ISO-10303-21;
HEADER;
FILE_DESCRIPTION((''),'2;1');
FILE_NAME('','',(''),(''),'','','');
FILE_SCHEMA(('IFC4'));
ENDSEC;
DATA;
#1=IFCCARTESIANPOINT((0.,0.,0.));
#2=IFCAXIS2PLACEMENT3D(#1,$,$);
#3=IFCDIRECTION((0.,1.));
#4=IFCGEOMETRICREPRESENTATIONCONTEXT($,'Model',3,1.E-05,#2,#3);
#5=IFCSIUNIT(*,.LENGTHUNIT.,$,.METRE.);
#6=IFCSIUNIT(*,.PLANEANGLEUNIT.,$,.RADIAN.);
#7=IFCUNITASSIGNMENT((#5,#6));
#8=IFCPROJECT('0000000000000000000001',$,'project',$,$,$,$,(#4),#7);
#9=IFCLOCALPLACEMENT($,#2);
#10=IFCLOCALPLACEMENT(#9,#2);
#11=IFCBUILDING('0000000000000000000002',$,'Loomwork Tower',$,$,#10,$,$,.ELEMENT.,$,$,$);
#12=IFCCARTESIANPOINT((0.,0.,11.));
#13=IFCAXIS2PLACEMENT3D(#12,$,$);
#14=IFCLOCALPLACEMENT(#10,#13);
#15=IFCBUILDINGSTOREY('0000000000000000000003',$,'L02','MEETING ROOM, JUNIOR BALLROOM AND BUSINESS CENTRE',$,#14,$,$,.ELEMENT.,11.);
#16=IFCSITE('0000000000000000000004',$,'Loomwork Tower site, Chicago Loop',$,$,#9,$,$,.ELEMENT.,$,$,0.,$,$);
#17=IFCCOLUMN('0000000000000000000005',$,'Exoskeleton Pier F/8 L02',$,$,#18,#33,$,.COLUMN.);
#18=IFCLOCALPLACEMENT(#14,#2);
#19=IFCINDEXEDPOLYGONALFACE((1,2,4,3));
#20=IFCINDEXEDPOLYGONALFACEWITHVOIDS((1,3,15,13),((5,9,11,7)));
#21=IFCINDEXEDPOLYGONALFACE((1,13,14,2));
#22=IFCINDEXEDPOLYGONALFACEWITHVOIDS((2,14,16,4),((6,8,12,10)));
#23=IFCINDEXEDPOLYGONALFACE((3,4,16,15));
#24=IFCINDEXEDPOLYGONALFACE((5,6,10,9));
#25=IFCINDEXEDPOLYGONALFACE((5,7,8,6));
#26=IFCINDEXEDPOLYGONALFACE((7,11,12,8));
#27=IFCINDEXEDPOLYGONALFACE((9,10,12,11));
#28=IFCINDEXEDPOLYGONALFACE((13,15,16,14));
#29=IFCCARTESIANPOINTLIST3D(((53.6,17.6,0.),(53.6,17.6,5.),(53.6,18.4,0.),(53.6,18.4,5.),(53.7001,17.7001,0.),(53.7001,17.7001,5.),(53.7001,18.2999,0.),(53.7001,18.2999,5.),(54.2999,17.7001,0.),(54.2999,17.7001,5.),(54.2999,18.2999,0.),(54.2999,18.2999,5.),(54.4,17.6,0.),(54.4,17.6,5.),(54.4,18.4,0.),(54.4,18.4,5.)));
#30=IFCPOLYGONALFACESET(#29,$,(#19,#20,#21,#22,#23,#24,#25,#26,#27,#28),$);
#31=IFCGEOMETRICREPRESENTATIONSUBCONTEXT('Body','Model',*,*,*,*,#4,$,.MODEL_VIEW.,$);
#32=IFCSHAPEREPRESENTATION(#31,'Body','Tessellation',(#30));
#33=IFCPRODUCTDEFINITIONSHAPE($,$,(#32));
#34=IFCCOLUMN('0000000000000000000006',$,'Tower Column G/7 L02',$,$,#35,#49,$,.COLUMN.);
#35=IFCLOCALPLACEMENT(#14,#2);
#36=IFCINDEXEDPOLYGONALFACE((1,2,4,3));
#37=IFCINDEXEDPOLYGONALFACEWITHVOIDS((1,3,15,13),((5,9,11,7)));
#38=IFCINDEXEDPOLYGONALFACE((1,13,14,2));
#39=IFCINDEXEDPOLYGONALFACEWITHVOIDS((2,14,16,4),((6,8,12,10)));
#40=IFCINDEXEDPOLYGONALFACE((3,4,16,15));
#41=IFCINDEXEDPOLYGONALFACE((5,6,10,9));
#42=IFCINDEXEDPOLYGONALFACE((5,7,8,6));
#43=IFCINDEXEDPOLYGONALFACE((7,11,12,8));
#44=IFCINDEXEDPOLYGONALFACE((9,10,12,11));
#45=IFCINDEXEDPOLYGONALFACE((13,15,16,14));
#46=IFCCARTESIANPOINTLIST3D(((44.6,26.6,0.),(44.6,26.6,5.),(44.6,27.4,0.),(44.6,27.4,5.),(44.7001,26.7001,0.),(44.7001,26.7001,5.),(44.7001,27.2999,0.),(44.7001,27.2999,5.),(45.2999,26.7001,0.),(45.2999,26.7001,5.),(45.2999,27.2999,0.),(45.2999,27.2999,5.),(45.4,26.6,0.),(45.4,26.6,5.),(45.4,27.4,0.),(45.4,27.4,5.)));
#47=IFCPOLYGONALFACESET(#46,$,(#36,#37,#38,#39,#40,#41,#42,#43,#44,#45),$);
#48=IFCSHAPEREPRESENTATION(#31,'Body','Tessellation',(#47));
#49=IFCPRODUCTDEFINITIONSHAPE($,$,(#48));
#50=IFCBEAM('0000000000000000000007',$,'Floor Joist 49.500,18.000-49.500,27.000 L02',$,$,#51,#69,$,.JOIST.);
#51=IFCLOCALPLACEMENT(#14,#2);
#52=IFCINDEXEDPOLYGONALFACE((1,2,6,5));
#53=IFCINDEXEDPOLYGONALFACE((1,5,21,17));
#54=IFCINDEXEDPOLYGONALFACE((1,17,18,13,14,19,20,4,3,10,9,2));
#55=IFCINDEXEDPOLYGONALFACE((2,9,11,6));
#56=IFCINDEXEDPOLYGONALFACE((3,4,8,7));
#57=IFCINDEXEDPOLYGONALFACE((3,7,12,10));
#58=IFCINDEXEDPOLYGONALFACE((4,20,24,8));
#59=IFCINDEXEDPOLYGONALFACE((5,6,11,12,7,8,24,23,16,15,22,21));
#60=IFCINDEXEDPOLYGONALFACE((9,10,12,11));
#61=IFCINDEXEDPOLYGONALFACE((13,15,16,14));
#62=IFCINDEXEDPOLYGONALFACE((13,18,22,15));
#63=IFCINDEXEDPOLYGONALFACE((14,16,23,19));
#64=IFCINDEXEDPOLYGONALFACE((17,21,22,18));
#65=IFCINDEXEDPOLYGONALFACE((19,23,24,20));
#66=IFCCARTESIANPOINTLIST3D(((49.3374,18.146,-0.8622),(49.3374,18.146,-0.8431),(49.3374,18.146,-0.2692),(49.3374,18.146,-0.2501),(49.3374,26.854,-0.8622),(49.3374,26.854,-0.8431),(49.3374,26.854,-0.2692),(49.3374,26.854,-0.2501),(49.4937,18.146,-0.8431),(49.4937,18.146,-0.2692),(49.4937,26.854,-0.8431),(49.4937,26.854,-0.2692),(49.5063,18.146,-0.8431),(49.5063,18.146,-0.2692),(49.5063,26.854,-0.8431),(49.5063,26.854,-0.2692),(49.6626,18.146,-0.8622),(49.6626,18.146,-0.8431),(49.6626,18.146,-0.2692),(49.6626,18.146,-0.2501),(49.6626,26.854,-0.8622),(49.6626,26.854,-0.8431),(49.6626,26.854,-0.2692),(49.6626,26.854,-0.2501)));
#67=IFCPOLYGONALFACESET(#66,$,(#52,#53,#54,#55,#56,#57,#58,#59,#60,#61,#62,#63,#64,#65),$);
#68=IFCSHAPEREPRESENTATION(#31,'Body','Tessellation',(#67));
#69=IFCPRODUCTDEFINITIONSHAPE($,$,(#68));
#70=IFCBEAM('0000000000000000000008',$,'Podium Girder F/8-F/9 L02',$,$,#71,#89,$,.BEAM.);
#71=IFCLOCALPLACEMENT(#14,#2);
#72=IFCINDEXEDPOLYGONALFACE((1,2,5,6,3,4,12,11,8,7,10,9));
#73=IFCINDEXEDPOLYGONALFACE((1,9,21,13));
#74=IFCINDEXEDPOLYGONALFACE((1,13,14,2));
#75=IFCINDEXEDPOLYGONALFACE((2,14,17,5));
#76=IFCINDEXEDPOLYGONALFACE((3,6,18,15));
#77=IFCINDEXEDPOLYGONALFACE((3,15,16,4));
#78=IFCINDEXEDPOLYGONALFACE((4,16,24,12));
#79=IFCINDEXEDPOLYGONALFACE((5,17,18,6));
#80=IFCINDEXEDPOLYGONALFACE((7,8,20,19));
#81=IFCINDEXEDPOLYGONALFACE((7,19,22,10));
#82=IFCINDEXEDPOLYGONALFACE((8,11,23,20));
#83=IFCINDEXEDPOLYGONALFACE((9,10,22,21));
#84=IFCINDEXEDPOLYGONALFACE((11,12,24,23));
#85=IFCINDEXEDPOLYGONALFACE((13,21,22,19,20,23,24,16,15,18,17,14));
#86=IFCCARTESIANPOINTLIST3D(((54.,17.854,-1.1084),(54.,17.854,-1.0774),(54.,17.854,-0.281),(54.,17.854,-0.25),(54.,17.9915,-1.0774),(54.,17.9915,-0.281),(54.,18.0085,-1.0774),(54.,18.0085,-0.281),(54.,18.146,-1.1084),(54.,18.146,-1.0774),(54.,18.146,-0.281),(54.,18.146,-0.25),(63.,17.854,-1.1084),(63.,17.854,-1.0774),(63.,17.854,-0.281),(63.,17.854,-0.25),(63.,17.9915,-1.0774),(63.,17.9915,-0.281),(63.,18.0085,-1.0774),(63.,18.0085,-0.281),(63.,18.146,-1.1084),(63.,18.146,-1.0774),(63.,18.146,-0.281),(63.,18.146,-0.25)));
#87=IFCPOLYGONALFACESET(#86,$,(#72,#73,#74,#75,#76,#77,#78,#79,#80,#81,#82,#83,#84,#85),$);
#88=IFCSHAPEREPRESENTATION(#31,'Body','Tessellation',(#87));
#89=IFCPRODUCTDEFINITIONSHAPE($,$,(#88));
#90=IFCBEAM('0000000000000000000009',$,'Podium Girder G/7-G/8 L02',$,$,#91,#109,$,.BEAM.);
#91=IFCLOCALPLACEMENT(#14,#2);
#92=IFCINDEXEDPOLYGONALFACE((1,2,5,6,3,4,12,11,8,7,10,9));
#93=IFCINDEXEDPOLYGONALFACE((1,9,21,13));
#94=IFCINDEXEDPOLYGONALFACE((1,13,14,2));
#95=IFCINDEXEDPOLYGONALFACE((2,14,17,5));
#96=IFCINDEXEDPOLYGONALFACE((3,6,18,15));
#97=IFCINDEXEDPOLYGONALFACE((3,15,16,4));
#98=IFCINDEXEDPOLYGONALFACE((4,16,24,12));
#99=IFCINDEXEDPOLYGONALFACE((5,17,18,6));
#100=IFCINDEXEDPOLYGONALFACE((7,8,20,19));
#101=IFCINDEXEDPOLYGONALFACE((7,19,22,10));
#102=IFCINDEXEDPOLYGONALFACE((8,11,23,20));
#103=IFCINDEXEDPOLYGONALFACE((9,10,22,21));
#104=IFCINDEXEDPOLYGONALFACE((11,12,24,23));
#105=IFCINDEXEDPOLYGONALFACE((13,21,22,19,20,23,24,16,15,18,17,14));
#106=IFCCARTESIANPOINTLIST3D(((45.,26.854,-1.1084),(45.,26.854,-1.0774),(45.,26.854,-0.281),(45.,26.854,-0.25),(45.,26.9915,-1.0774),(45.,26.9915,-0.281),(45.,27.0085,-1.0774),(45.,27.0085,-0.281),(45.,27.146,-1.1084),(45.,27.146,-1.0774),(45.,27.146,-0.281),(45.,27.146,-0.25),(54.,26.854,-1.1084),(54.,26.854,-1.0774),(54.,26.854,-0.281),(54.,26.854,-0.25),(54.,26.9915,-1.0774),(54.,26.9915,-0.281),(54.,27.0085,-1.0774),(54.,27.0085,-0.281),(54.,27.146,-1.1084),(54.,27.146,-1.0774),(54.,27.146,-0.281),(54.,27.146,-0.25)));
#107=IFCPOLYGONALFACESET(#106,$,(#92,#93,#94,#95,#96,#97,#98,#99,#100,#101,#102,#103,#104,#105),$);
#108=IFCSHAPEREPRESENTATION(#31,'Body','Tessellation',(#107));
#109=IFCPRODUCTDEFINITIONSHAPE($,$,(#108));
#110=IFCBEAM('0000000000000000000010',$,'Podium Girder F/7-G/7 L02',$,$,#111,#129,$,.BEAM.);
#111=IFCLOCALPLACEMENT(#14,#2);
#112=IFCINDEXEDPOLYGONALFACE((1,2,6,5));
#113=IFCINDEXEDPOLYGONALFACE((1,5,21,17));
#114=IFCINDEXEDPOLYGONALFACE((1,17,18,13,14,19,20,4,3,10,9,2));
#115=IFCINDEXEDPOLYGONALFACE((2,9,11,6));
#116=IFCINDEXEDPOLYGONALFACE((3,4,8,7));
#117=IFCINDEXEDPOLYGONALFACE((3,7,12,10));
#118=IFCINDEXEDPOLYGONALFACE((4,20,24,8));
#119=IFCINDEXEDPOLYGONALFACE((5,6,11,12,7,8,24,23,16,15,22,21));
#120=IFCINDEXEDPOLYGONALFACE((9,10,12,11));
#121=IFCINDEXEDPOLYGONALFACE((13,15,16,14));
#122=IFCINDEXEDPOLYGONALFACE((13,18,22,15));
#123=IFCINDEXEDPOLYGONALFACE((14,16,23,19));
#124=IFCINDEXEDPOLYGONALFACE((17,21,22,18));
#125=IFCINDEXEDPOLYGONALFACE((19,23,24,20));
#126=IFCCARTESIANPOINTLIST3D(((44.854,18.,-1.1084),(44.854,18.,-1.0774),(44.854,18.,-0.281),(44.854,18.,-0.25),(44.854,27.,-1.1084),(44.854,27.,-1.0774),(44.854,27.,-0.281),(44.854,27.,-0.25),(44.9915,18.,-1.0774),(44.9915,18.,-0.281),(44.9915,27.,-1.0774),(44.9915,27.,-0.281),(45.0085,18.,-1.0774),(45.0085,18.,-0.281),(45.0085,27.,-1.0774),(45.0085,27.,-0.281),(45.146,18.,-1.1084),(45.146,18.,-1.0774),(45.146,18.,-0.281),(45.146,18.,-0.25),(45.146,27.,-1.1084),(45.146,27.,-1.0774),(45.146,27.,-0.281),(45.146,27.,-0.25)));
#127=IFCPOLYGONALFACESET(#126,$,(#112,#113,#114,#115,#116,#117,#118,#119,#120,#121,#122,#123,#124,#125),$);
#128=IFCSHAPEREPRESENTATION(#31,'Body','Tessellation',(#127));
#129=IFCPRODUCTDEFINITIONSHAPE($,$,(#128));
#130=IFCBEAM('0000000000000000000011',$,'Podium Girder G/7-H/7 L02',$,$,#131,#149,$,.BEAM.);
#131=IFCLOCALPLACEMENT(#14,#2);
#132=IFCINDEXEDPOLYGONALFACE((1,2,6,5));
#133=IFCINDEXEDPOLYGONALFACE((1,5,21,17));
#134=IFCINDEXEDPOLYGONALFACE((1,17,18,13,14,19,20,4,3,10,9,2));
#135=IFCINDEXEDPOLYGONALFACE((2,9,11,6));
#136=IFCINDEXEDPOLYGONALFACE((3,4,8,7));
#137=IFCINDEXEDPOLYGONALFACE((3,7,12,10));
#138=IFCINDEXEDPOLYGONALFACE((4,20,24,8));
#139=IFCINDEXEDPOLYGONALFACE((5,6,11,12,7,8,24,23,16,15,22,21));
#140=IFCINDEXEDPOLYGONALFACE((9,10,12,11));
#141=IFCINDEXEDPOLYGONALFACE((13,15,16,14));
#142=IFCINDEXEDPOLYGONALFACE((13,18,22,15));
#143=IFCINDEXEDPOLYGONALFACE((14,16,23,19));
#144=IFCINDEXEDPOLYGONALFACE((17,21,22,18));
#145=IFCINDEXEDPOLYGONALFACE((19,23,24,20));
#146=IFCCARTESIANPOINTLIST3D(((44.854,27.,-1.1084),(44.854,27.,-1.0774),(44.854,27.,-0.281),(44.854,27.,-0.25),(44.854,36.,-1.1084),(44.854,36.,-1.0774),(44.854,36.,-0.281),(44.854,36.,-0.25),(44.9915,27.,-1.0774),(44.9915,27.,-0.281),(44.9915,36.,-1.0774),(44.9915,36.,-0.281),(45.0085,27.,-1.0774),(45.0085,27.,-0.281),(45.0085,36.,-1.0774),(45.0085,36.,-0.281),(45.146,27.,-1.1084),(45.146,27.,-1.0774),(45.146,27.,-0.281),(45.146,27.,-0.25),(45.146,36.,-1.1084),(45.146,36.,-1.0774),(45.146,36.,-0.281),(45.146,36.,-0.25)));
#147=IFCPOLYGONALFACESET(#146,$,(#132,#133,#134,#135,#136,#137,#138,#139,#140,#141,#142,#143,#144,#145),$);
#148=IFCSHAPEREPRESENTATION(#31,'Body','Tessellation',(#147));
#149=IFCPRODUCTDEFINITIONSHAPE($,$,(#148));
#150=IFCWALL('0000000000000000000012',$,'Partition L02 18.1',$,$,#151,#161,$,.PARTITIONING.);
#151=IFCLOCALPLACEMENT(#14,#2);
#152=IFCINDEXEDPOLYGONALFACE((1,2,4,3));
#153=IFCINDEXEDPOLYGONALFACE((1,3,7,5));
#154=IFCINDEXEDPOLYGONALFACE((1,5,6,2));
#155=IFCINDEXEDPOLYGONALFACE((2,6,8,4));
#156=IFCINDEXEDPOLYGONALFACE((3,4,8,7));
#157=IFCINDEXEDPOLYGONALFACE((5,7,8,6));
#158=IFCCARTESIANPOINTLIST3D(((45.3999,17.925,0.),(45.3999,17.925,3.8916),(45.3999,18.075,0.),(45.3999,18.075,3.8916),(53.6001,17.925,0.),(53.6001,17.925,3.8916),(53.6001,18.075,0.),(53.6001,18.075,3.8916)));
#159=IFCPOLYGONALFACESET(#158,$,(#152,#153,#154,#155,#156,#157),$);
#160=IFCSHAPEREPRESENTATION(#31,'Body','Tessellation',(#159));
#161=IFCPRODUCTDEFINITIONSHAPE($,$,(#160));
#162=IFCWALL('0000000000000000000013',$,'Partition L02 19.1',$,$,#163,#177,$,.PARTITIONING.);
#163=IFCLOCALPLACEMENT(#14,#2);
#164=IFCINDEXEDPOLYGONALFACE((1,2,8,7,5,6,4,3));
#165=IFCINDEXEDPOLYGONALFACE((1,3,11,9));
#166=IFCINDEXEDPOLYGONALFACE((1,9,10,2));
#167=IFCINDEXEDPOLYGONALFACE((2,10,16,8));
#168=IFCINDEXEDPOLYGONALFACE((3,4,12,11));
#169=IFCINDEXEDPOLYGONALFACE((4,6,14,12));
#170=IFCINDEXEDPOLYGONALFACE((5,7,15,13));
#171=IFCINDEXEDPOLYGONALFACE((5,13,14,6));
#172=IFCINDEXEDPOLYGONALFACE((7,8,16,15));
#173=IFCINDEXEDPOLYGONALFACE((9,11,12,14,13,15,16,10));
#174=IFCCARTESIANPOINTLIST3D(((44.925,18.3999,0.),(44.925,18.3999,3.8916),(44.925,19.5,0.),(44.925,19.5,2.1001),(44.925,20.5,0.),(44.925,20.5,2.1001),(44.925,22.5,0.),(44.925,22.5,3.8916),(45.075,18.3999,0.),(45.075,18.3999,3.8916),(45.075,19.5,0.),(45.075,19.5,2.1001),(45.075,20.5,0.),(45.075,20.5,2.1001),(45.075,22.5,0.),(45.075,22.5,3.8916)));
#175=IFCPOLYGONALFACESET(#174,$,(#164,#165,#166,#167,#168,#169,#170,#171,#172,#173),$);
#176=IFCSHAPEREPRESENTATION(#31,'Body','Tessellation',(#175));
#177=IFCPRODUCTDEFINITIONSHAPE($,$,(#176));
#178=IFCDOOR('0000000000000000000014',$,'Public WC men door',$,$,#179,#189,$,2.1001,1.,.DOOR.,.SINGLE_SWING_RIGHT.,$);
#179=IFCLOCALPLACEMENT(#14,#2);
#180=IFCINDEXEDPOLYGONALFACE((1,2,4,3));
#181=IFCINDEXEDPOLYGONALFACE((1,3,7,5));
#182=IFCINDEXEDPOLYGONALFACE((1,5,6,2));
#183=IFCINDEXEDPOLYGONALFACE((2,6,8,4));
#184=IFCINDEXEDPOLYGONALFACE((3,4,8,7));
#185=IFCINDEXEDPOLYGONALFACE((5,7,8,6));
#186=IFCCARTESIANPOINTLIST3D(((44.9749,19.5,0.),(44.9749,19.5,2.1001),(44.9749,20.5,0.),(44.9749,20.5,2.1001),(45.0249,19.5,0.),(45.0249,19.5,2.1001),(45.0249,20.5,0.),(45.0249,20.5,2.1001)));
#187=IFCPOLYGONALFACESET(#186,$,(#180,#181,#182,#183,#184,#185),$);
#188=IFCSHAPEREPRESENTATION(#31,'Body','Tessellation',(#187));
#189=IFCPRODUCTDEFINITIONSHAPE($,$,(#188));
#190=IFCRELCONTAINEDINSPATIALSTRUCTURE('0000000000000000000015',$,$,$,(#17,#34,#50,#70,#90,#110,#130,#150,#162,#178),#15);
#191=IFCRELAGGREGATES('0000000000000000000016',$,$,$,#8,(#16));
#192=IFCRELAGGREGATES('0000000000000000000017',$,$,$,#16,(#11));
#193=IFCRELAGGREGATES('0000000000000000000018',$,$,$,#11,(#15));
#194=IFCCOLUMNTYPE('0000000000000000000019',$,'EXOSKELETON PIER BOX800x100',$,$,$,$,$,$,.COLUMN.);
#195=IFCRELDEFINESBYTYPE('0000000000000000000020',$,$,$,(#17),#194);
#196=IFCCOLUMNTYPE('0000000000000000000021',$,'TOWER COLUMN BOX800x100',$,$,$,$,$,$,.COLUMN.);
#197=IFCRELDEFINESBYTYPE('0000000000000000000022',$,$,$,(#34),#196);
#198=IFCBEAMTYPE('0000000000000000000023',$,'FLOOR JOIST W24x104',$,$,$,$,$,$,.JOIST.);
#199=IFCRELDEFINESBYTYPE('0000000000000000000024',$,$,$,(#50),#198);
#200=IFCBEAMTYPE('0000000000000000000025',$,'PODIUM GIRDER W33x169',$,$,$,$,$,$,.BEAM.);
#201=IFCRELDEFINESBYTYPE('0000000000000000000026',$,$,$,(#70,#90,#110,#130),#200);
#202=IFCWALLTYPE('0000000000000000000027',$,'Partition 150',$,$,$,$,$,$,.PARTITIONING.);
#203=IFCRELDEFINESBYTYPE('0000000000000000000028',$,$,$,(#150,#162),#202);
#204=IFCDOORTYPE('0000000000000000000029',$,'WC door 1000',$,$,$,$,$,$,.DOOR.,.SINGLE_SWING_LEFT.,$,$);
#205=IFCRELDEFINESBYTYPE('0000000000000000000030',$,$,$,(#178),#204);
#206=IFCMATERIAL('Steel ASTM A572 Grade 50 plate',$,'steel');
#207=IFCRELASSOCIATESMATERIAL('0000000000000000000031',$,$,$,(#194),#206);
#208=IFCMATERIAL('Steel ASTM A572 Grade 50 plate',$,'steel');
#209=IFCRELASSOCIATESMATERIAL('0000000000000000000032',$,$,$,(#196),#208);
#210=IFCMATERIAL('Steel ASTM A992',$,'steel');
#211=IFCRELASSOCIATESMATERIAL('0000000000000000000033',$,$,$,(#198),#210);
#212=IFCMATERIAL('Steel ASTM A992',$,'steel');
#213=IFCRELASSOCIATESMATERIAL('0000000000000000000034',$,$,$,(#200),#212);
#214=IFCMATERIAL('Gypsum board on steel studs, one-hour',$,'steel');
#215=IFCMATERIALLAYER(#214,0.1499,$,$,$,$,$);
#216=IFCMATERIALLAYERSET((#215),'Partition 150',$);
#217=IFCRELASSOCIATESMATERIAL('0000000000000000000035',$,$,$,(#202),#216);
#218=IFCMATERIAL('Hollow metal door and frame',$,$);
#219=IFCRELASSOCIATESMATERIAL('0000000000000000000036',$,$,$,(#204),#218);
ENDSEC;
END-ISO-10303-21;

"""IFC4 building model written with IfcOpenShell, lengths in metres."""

from ifc_helpers import new_model, si_unit, direction, frame, frame_2d, origin, origin_2d, place, context, subcontext, project, spatial, rectangle, hollow_rectangle, i_section, extrude, material, layer, layer_set, material_profile, profile_set, type_object, element, fill, save


model = new_model("IFC4")

# Units and contexts
model_context = context("Model", 3, precision=1e-05, world=origin(), true_north=direction((0.0, 1.0)))
body_context = subcontext(model_context, "Body", "Model", "MODEL_VIEW")
ifc_project = project(units=[si_unit("LENGTHUNIT", "METRE"), si_unit("PLANEANGLEUNIT", "RADIAN")], contexts=[model_context])

# Site, building, storey
site_placement = place(None, origin())
site = spatial("IfcSite", under=ifc_project, at=site_placement, Name="Loomwork Tower site, Chicago Loop", CompositionType="ELEMENT", RefElevation=0.0)
building_placement = place(site_placement, origin())
building = spatial("IfcBuilding", under=site, at=building_placement, Name="Loomwork Tower", CompositionType="ELEMENT")
storey_placement = place(building_placement, frame((0.0, 0.0, 11.0)))
storey = spatial("IfcBuildingStorey", under=building, at=storey_placement, Name="L02", Description="MEETING ROOM, JUNIOR BALLROOM AND BUSINESS CENTRE", CompositionType="ELEMENT", Elevation=11.0)

# Columns
ifc_material_1 = material(Name="Steel ASTM A572 Grade 50 plate", Category="steel")
ifc_material_profile_1 = material_profile(ifc_material_1, hollow_rectangle(XDim=0.8, YDim=0.8, WallThickness=0.1001, at=origin_2d()), Name="BOX800x100")
ifc_profile_set_1 = profile_set([ifc_material_profile_1], Name="Steel ASTM A572 Grade 50 plate")
column_type_1 = type_object("IfcColumnType", Name="EXOSKELETON PIER BOX800x100", PredefinedType="COLUMN", material=ifc_profile_set_1)
column_1_placement = place(storey_placement, frame((54.0, 18.0, 0.0), z_axis=(0.0, 0.0, 1.0), x_axis=(0.0, 1.0, 0.0)))
element("IfcColumn", 1, at=column_1_placement, inside=storey, type_object=column_type_1, Name="Exoskeleton Pier F/8 L02", PredefinedType="COLUMN", context=body_context, shape_type="SweptSolid", body=[
    extrude(hollow_rectangle(XDim=0.8, YDim=0.8, WallThickness=0.1001, at=origin_2d()), origin(), (0.0, 0.0, 1.0), 5.0),
])
ifc_material_2 = material(Name="Steel ASTM A572 Grade 50 plate", Category="steel")
ifc_material_profile_2 = material_profile(ifc_material_2, hollow_rectangle(XDim=0.8, YDim=0.8, WallThickness=0.1001, at=origin_2d()), Name="BOX800x100")
ifc_profile_set_2 = profile_set([ifc_material_profile_2], Name="Steel ASTM A572 Grade 50 plate")
column_type_2 = type_object("IfcColumnType", Name="TOWER COLUMN BOX800x100", PredefinedType="COLUMN", material=ifc_profile_set_2)
column_2_placement = place(storey_placement, frame((45.0, 27.0, 0.0), z_axis=(0.0, 0.0, 1.0), x_axis=(0.0, 1.0, 0.0)))
element("IfcColumn", 2, at=column_2_placement, inside=storey, type_object=column_type_2, Name="Tower Column G/7 L02", PredefinedType="COLUMN", context=body_context, shape_type="SweptSolid", body=[
    extrude(hollow_rectangle(XDim=0.8, YDim=0.8, WallThickness=0.1001, at=origin_2d()), origin(), (0.0, 0.0, 1.0), 5.0),
])

# Beams
ifc_material_3 = material(Name="Steel ASTM A992", Category="steel")
ifc_material_profile_3 = material_profile(ifc_material_3, i_section(OverallWidth=0.3252, OverallDepth=0.6121, WebThickness=0.0127, FlangeThickness=0.019, at=origin_2d()), Name="W24x104")
ifc_profile_set_3 = profile_set([ifc_material_profile_3], Name="Steel ASTM A992")
beam_type_1 = type_object("IfcBeamType", Name="FLOOR JOIST W24x104", PredefinedType="JOIST", material=ifc_profile_set_3)
beam_placement = place(storey_placement, frame((49.5, 18.146, -0.5562), z_axis=(0.0, 1.0, 0.0), x_axis=(-1.0, 0.0, 0.0)))
element("IfcBeam", 3, at=beam_placement, inside=storey, type_object=beam_type_1, Name="Floor Joist 49.500,18.000-49.500,27.000 L02", PredefinedType="JOIST", context=body_context, shape_type="SweptSolid", body=[
    extrude(i_section(OverallWidth=0.3252, OverallDepth=0.6121, WebThickness=0.0127, FlangeThickness=0.019, at=origin_2d()), origin(), (0.0, 0.0, 1.0), 8.708),
])
ifc_material_4 = material(Name="Steel ASTM A992", Category="steel")
ifc_material_profile_4 = material_profile(ifc_material_4, i_section(OverallWidth=0.292, OverallDepth=0.8584, WebThickness=0.0171, FlangeThickness=0.031, at=origin_2d()), Name="W33x169")
ifc_profile_set_4 = profile_set([ifc_material_profile_4], Name="Steel ASTM A992")
beam_type_2 = type_object("IfcBeamType", Name="PODIUM GIRDER W33x169", PredefinedType="BEAM", material=ifc_profile_set_4)
for number, where, z_axis, x_axis, name in (
    (4, (54.0, 18.0, -0.6792), (1.0, 0.0, 0.0), (0.0, 1.0, 0.0), "Podium Girder F/8-F/9 L02"),
    (5, (45.0, 27.0, -0.6792), (1.0, 0.0, 0.0), (0.0, 1.0, 0.0), "Podium Girder G/7-G/8 L02"),
    (6, (45.0, 18.0, -0.6792), (0.0, 1.0, 0.0), (-1.0, 0.0, 0.0), "Podium Girder F/7-G/7 L02"),
    (7, (45.0, 27.0, -0.6792), (0.0, 1.0, 0.0), (-1.0, 0.0, 0.0), "Podium Girder G/7-H/7 L02"),
):
    element("IfcBeam", number, at=place(storey_placement, frame(where, z_axis=z_axis, x_axis=x_axis)), inside=storey, type_object=beam_type_2, Name=name, PredefinedType="BEAM", context=body_context, shape_type="SweptSolid", body=[
        extrude(i_section(OverallWidth=0.292, OverallDepth=0.8584, WebThickness=0.0171, FlangeThickness=0.031, at=origin_2d()), origin(), (0.0, 0.0, 1.0), 9.0),
    ])

# Wall
ifc_material_5 = material(Name="Gypsum board on steel studs, one-hour", Category="steel")
ifc_layer_1 = layer(ifc_material_5, 0.1499)
ifc_layer_set_1 = layer_set([ifc_layer_1], Name="Partition 150")
wall_type = type_object("IfcWallType", Name="Partition 150", PredefinedType="PARTITIONING", material=ifc_layer_set_1)
wall_1_placement = place(storey_placement, frame((45.3999, 18.0, 0.0), z_axis=(0.0, 0.0, 1.0), x_axis=(1.0, 0.0, 0.0)))
element("IfcWall", 8, at=wall_1_placement, inside=storey, type_object=wall_type, Name="Partition L02 18.1", PredefinedType="PARTITIONING", context=body_context, shape_type="SweptSolid", body=[
    extrude(rectangle(XDim=8.2002, YDim=0.1499, at=frame_2d((4.1001, 0.0))), origin(), (0.0, 0.0, 1.0), 3.8916),
])

# Wall, opening, door
wall_2_placement = place(storey_placement, frame((45.0, 18.3999, 0.0), z_axis=(0.0, 0.0, 1.0), x_axis=(0.0, 1.0, 0.0)))
wall_2 = element("IfcWall", 9, at=wall_2_placement, inside=storey, type_object=wall_type, Name="Partition L02 19.1", PredefinedType="PARTITIONING", context=body_context, shape_type="SweptSolid", body=[
    extrude(rectangle(XDim=4.1001, YDim=0.1499, at=frame_2d((2.05, 0.0))), origin(), (0.0, 0.0, 1.0), 3.8916),
])
opening_1_placement = place(wall_2_placement, frame((1.1001, 0.0, 0.0)))
opening_1 = element("IfcOpeningElement", 10, at=opening_1_placement, cuts=wall_2, PredefinedType="OPENING", context=body_context, shape_type="SweptSolid", body=[
    extrude(rectangle(XDim=1.0, YDim=2.1001, at=frame_2d((0.5, 1.05))), frame((0.0, 0.085, 0.0), z_axis=(0.0, -1.0, 0.0), x_axis=(1.0, 0.0, 0.0)), (0.0, 0.0, 1.0), 0.1699),
])
ifc_material_6 = material(Name="Hollow metal door and frame")
door_type = type_object("IfcDoorType", Name="WC door 1000", OperationType="SINGLE_SWING_LEFT", PredefinedType="DOOR", material=ifc_material_6)
door_1_placement = place(opening_1_placement, frame((1.0, 0.0, 0.0), z_axis=(0.0, 0.0, 1.0), x_axis=(-1.0, 0.0, 0.0)))
door_1 = element("IfcDoor", 11, at=door_1_placement, inside=storey, type_object=door_type, Name="Public WC men door", OperationType="SINGLE_SWING_RIGHT", OverallHeight=2.1001, OverallWidth=1.0, PredefinedType="DOOR", context=body_context, shape_type="SweptSolid", body=[
    extrude(rectangle(XDim=1.0, YDim=2.1001, at=frame_2d((0.5, 1.05))), frame((0.0, 0.0249, 0.0), z_axis=(0.0, -1.0, 0.0), x_axis=(1.0, 0.0, 0.0)), (0.0, 0.0, 1.0), 0.05),
])
fill(opening_1, door_1)

save(model, "model.ifc")
